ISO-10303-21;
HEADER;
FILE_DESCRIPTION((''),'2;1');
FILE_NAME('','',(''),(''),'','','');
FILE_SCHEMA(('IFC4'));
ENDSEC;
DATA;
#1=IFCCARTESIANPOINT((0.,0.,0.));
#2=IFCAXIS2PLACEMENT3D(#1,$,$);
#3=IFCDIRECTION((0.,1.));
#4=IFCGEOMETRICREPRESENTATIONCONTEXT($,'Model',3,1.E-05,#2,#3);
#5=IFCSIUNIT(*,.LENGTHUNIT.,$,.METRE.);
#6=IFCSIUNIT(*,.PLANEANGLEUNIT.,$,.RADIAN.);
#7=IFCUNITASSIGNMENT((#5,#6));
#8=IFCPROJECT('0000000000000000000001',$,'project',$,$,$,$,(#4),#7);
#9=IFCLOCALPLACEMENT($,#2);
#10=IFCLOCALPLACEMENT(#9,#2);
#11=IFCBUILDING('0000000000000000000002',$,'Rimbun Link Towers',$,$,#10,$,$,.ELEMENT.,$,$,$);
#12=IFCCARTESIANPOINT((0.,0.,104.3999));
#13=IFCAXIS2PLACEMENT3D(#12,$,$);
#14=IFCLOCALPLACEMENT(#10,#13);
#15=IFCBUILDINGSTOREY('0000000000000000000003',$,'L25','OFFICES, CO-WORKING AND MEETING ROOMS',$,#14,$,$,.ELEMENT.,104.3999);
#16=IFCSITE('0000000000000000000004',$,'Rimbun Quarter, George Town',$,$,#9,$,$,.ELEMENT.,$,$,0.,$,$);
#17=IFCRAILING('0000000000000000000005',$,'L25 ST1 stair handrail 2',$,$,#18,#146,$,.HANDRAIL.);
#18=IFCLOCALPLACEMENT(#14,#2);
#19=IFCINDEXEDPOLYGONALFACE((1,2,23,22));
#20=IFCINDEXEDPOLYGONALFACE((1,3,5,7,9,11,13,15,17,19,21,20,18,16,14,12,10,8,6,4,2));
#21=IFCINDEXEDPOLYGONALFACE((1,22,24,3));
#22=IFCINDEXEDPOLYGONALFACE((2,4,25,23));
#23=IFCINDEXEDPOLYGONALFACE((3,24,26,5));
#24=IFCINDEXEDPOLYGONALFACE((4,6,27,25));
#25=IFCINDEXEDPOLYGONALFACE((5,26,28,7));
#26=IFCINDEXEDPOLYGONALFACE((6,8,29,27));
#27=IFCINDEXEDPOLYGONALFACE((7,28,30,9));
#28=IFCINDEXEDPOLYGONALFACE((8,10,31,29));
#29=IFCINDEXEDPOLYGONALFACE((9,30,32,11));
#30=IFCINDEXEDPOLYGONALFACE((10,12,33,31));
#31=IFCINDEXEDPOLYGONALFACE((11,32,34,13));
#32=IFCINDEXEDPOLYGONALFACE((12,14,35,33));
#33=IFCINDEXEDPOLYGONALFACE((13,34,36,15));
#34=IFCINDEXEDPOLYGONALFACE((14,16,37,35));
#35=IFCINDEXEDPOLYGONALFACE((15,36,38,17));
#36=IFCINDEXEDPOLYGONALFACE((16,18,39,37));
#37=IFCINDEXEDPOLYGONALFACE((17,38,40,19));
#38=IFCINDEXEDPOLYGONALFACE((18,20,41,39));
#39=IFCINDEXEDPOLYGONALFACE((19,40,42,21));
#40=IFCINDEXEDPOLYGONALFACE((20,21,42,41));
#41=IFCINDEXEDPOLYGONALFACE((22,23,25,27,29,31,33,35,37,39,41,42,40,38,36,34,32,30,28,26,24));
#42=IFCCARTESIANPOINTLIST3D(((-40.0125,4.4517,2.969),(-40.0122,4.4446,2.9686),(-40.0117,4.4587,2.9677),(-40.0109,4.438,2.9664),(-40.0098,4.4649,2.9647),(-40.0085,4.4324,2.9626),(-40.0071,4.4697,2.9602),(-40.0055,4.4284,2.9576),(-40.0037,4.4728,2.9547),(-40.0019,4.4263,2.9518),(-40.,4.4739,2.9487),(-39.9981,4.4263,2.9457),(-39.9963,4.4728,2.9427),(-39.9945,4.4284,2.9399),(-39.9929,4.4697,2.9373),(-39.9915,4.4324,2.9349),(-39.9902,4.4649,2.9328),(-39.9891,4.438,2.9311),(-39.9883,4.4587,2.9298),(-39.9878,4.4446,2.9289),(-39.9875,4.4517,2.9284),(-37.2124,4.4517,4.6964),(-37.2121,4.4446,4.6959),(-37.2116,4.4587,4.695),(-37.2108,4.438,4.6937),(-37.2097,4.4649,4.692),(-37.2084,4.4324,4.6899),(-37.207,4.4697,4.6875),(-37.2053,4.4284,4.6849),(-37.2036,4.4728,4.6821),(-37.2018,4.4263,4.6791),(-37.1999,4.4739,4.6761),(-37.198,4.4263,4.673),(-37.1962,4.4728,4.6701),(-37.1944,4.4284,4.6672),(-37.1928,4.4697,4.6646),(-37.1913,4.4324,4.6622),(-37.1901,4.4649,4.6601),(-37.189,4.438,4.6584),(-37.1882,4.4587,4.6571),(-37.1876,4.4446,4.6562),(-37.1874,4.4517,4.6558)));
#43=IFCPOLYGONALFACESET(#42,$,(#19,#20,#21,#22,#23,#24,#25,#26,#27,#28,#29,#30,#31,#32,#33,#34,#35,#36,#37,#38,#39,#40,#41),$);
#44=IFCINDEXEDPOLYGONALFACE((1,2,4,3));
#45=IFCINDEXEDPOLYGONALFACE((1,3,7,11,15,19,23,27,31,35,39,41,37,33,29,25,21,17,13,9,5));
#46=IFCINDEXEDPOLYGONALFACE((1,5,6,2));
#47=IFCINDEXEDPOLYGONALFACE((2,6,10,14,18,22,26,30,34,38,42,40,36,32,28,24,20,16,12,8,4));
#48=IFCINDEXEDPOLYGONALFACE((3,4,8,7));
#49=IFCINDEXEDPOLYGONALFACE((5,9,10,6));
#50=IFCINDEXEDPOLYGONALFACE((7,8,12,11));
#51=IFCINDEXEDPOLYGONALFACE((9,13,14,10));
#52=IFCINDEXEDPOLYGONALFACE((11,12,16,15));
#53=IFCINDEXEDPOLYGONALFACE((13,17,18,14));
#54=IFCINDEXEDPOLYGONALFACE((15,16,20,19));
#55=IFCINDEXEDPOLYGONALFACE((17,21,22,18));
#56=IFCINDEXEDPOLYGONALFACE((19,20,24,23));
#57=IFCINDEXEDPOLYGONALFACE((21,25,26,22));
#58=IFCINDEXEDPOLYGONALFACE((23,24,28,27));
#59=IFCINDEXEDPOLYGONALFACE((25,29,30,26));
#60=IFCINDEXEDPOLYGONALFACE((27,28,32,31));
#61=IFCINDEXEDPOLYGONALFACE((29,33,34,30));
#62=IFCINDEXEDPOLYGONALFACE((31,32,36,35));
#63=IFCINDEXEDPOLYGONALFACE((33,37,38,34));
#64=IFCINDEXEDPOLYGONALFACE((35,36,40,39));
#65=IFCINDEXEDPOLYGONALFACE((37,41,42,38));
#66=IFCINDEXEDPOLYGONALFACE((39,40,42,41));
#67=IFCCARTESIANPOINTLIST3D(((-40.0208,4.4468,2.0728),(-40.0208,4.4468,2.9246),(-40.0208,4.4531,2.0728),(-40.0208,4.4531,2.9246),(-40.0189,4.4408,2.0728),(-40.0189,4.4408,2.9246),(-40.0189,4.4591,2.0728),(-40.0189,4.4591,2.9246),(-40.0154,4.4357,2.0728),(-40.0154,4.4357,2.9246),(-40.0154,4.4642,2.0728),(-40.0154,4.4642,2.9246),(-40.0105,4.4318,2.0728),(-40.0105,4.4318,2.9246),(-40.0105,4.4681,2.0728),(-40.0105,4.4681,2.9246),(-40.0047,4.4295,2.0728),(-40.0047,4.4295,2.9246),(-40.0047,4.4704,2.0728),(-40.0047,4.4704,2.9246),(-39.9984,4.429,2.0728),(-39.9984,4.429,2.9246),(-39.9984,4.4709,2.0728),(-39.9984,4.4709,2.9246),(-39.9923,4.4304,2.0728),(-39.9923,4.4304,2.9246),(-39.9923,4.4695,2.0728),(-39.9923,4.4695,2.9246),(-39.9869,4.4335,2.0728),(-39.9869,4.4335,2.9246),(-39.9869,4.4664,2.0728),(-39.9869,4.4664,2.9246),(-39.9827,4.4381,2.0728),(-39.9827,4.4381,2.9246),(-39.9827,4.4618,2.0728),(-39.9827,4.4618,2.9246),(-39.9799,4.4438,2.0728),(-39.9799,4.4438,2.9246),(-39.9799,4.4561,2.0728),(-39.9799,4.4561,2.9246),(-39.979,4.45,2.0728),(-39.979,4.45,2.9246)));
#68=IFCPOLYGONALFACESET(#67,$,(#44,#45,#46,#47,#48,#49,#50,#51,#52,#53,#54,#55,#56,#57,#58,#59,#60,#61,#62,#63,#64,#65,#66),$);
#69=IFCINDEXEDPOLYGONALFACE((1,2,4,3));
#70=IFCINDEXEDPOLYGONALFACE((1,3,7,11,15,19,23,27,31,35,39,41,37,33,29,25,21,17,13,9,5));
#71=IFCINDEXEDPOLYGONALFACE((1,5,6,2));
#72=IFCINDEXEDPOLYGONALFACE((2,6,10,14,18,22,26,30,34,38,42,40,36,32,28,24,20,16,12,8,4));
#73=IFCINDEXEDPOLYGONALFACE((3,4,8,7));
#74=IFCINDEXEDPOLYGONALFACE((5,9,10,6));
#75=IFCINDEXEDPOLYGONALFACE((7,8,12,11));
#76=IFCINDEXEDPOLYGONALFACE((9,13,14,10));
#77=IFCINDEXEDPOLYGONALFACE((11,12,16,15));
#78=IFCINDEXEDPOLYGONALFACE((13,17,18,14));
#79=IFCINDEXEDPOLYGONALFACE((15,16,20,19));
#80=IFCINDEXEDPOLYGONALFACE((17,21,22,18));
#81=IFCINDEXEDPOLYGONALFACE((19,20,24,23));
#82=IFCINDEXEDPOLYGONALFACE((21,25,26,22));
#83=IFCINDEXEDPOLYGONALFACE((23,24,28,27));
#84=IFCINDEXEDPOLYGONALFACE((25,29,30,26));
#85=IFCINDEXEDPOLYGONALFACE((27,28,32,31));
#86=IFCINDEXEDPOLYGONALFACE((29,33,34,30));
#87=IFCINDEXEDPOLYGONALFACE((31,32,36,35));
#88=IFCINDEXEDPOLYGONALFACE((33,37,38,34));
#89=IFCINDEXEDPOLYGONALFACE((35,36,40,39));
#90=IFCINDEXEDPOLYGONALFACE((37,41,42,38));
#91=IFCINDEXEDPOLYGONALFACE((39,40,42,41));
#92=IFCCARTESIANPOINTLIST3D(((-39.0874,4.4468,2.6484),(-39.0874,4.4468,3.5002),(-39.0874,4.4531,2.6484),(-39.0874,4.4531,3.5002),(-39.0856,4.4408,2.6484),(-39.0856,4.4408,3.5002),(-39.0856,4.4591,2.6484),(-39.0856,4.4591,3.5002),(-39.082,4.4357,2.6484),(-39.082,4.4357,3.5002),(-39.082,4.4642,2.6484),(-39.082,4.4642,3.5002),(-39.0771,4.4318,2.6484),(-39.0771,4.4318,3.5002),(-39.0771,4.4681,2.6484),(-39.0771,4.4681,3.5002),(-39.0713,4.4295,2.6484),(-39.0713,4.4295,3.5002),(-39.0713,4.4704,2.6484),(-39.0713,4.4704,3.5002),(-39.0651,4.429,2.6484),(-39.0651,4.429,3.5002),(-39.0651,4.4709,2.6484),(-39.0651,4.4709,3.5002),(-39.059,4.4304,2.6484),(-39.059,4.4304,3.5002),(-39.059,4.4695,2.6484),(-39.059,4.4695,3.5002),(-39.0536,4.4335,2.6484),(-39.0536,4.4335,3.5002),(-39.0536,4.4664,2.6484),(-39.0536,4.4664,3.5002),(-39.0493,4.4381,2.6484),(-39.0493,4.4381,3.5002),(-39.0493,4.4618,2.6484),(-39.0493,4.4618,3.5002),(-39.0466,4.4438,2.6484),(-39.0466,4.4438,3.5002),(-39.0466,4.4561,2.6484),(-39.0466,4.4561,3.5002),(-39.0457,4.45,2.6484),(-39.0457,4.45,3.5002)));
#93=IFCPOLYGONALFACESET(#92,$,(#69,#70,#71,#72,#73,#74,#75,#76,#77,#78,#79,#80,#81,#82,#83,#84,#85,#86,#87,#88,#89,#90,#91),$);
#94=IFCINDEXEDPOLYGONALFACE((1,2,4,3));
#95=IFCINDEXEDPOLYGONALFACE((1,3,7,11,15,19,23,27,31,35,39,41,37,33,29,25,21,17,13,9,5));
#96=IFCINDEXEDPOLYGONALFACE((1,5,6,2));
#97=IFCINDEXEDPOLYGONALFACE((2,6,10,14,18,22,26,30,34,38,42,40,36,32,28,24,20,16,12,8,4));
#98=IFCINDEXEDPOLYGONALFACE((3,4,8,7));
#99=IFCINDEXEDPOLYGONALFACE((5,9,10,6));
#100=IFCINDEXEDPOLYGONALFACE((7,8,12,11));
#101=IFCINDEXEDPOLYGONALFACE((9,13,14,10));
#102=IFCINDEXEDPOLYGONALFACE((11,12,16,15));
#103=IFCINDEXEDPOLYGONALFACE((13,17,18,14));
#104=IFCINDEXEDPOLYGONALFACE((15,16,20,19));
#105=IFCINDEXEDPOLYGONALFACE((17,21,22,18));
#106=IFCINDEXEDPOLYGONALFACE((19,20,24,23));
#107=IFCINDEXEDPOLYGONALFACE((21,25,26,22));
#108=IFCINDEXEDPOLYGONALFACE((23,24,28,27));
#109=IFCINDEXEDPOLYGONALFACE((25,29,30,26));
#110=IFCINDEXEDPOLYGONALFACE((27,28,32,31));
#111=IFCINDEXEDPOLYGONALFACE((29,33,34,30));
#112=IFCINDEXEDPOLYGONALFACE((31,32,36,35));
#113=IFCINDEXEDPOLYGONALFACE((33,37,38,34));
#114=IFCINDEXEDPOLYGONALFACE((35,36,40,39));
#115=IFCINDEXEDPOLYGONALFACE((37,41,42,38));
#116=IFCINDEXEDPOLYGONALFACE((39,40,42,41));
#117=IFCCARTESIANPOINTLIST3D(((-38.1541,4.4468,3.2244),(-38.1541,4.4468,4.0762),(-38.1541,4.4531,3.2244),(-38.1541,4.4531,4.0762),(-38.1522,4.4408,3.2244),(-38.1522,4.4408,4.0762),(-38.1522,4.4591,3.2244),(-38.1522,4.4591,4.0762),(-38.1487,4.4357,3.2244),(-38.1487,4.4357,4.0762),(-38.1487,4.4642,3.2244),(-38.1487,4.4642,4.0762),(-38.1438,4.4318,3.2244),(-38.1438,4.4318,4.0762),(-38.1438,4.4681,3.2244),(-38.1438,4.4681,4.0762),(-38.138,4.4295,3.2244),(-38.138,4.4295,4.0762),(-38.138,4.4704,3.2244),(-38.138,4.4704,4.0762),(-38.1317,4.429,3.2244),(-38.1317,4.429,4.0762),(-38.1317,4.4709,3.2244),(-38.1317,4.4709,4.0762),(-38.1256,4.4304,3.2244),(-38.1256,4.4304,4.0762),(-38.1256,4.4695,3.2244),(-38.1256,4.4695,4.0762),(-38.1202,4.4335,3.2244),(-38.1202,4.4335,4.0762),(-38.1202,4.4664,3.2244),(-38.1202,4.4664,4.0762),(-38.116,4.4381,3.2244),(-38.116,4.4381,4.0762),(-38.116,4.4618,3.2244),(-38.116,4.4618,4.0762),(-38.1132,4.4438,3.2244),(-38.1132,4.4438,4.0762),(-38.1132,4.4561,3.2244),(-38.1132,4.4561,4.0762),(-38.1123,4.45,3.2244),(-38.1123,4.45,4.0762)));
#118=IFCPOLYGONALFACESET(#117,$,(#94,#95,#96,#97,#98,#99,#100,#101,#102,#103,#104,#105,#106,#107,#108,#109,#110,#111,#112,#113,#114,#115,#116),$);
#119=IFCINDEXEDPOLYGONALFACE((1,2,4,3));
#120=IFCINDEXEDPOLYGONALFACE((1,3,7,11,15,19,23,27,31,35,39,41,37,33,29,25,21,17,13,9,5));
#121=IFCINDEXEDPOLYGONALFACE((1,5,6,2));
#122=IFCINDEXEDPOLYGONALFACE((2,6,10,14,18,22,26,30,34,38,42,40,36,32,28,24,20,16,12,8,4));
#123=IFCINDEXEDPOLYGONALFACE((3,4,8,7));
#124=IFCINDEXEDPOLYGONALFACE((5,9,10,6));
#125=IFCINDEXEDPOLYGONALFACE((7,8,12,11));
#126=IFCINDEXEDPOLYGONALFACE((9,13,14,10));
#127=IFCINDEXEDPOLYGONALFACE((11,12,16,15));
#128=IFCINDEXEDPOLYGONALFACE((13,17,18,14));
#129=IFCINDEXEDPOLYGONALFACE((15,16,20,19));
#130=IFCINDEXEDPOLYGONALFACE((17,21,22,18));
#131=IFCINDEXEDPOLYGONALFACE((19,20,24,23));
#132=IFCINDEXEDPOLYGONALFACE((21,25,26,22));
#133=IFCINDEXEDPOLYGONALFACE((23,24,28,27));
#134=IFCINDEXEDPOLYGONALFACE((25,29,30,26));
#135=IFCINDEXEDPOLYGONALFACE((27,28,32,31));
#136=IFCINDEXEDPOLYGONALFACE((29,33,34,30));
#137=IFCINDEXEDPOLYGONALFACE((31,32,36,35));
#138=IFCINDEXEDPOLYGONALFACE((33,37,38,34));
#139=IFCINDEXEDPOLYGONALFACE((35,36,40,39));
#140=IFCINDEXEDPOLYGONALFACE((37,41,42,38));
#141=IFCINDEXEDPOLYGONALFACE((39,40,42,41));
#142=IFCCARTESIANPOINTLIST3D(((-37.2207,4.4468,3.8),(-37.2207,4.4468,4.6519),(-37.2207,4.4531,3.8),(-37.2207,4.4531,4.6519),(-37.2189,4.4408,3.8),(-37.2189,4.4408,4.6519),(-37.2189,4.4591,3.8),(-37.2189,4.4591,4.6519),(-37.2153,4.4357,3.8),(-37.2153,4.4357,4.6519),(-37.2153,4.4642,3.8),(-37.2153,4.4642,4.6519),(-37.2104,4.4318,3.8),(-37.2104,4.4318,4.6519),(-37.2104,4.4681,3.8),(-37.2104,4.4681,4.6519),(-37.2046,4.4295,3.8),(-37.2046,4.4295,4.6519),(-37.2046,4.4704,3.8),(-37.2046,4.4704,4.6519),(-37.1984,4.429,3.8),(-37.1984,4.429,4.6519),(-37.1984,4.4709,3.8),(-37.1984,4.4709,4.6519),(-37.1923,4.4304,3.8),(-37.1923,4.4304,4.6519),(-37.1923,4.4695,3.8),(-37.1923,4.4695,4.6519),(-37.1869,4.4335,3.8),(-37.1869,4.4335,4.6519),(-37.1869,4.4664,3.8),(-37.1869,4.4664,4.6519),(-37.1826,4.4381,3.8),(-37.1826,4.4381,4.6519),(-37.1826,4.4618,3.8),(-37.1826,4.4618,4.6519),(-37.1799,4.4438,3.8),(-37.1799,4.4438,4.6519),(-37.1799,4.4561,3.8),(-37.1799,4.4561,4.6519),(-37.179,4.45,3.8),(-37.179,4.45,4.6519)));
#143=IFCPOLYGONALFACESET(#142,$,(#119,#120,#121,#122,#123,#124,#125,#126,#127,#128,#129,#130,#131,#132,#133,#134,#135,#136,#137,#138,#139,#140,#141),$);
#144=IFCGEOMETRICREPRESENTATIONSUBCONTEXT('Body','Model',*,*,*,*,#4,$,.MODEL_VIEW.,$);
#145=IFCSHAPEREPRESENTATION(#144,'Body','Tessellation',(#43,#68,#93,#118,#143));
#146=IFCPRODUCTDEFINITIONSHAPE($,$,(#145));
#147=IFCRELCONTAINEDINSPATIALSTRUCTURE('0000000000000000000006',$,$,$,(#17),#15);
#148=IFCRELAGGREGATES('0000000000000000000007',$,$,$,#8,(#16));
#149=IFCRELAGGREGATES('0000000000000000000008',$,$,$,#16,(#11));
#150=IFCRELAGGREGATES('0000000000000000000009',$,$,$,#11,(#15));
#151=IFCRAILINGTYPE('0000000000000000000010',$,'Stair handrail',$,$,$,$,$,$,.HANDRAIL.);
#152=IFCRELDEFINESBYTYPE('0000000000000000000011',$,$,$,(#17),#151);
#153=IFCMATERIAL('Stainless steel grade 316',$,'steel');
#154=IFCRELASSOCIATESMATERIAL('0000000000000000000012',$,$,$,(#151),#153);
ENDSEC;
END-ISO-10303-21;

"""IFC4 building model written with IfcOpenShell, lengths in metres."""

from ifc_helpers import new_model, si_unit, direction, frame, origin, origin_2d, place, context, subcontext, project, spatial, circle, extrude, material, type_object, element, save


model = new_model("IFC4")

# Units and contexts
model_context = context("Model", 3, precision=1e-05, world=origin(), true_north=direction((0.0, 1.0)))
body_context = subcontext(model_context, "Body", "Model", "MODEL_VIEW")
ifc_project = project(units=[si_unit("LENGTHUNIT", "METRE"), si_unit("PLANEANGLEUNIT", "RADIAN")], contexts=[model_context])

# Site, building, storey
site_placement = place(None, origin())
site = spatial("IfcSite", under=ifc_project, at=site_placement, Name="Rimbun Quarter, George Town", CompositionType="ELEMENT", RefElevation=0.0)
building_placement = place(site_placement, origin())
building = spatial("IfcBuilding", under=site, at=building_placement, Name="Rimbun Link Towers", CompositionType="ELEMENT")
storey_placement = place(building_placement, frame((0.0, 0.0, 104.3999)))
storey = spatial("IfcBuildingStorey", under=building, at=storey_placement, Name="L25", Description="OFFICES, CO-WORKING AND MEETING ROOMS", CompositionType="ELEMENT", Elevation=104.3999)

# Railing
ifc_material_1 = material(Name="Stainless steel grade 316", Category="steel")
railing_type_1 = type_object("IfcRailingType", Name="Stair handrail", PredefinedType="HANDRAIL", material=ifc_material_1)
railing_1_placement = place(storey_placement, frame((-40.0, 4.45, 2.0728)))
element("IfcRailing", 1, at=railing_1_placement, inside=storey, type_object=railing_type_1, Name="L25 ST1 stair handrail 2", PredefinedType="HANDRAIL", context=body_context, shape_type="SweptSolid", body=[
    extrude(circle(Radius=0.0239, at=origin_2d()), frame((0.0, 0.0, 0.876), z_axis=(0.85109, 0.0, 0.52502), x_axis=(0.0, 1.0, 0.0)), (0.0, 0.0, 1.0), 3.29),
    extrude(circle(Radius=0.021, at=origin_2d()), origin(), (0.0, 0.0, 1.0), 0.8518),
    extrude(circle(Radius=0.021, at=origin_2d()), frame((0.9333, 0.0, 0.5757)), (0.0, 0.0, 1.0), 0.8518),
    extrude(circle(Radius=0.021, at=origin_2d()), frame((1.8667, 0.0, 1.1516)), (0.0, 0.0, 1.0), 0.8518),
    extrude(circle(Radius=0.021, at=origin_2d()), frame((2.8, 0.0, 1.7273)), (0.0, 0.0, 1.0), 0.8518),
])

save(model, "model.ifc")
